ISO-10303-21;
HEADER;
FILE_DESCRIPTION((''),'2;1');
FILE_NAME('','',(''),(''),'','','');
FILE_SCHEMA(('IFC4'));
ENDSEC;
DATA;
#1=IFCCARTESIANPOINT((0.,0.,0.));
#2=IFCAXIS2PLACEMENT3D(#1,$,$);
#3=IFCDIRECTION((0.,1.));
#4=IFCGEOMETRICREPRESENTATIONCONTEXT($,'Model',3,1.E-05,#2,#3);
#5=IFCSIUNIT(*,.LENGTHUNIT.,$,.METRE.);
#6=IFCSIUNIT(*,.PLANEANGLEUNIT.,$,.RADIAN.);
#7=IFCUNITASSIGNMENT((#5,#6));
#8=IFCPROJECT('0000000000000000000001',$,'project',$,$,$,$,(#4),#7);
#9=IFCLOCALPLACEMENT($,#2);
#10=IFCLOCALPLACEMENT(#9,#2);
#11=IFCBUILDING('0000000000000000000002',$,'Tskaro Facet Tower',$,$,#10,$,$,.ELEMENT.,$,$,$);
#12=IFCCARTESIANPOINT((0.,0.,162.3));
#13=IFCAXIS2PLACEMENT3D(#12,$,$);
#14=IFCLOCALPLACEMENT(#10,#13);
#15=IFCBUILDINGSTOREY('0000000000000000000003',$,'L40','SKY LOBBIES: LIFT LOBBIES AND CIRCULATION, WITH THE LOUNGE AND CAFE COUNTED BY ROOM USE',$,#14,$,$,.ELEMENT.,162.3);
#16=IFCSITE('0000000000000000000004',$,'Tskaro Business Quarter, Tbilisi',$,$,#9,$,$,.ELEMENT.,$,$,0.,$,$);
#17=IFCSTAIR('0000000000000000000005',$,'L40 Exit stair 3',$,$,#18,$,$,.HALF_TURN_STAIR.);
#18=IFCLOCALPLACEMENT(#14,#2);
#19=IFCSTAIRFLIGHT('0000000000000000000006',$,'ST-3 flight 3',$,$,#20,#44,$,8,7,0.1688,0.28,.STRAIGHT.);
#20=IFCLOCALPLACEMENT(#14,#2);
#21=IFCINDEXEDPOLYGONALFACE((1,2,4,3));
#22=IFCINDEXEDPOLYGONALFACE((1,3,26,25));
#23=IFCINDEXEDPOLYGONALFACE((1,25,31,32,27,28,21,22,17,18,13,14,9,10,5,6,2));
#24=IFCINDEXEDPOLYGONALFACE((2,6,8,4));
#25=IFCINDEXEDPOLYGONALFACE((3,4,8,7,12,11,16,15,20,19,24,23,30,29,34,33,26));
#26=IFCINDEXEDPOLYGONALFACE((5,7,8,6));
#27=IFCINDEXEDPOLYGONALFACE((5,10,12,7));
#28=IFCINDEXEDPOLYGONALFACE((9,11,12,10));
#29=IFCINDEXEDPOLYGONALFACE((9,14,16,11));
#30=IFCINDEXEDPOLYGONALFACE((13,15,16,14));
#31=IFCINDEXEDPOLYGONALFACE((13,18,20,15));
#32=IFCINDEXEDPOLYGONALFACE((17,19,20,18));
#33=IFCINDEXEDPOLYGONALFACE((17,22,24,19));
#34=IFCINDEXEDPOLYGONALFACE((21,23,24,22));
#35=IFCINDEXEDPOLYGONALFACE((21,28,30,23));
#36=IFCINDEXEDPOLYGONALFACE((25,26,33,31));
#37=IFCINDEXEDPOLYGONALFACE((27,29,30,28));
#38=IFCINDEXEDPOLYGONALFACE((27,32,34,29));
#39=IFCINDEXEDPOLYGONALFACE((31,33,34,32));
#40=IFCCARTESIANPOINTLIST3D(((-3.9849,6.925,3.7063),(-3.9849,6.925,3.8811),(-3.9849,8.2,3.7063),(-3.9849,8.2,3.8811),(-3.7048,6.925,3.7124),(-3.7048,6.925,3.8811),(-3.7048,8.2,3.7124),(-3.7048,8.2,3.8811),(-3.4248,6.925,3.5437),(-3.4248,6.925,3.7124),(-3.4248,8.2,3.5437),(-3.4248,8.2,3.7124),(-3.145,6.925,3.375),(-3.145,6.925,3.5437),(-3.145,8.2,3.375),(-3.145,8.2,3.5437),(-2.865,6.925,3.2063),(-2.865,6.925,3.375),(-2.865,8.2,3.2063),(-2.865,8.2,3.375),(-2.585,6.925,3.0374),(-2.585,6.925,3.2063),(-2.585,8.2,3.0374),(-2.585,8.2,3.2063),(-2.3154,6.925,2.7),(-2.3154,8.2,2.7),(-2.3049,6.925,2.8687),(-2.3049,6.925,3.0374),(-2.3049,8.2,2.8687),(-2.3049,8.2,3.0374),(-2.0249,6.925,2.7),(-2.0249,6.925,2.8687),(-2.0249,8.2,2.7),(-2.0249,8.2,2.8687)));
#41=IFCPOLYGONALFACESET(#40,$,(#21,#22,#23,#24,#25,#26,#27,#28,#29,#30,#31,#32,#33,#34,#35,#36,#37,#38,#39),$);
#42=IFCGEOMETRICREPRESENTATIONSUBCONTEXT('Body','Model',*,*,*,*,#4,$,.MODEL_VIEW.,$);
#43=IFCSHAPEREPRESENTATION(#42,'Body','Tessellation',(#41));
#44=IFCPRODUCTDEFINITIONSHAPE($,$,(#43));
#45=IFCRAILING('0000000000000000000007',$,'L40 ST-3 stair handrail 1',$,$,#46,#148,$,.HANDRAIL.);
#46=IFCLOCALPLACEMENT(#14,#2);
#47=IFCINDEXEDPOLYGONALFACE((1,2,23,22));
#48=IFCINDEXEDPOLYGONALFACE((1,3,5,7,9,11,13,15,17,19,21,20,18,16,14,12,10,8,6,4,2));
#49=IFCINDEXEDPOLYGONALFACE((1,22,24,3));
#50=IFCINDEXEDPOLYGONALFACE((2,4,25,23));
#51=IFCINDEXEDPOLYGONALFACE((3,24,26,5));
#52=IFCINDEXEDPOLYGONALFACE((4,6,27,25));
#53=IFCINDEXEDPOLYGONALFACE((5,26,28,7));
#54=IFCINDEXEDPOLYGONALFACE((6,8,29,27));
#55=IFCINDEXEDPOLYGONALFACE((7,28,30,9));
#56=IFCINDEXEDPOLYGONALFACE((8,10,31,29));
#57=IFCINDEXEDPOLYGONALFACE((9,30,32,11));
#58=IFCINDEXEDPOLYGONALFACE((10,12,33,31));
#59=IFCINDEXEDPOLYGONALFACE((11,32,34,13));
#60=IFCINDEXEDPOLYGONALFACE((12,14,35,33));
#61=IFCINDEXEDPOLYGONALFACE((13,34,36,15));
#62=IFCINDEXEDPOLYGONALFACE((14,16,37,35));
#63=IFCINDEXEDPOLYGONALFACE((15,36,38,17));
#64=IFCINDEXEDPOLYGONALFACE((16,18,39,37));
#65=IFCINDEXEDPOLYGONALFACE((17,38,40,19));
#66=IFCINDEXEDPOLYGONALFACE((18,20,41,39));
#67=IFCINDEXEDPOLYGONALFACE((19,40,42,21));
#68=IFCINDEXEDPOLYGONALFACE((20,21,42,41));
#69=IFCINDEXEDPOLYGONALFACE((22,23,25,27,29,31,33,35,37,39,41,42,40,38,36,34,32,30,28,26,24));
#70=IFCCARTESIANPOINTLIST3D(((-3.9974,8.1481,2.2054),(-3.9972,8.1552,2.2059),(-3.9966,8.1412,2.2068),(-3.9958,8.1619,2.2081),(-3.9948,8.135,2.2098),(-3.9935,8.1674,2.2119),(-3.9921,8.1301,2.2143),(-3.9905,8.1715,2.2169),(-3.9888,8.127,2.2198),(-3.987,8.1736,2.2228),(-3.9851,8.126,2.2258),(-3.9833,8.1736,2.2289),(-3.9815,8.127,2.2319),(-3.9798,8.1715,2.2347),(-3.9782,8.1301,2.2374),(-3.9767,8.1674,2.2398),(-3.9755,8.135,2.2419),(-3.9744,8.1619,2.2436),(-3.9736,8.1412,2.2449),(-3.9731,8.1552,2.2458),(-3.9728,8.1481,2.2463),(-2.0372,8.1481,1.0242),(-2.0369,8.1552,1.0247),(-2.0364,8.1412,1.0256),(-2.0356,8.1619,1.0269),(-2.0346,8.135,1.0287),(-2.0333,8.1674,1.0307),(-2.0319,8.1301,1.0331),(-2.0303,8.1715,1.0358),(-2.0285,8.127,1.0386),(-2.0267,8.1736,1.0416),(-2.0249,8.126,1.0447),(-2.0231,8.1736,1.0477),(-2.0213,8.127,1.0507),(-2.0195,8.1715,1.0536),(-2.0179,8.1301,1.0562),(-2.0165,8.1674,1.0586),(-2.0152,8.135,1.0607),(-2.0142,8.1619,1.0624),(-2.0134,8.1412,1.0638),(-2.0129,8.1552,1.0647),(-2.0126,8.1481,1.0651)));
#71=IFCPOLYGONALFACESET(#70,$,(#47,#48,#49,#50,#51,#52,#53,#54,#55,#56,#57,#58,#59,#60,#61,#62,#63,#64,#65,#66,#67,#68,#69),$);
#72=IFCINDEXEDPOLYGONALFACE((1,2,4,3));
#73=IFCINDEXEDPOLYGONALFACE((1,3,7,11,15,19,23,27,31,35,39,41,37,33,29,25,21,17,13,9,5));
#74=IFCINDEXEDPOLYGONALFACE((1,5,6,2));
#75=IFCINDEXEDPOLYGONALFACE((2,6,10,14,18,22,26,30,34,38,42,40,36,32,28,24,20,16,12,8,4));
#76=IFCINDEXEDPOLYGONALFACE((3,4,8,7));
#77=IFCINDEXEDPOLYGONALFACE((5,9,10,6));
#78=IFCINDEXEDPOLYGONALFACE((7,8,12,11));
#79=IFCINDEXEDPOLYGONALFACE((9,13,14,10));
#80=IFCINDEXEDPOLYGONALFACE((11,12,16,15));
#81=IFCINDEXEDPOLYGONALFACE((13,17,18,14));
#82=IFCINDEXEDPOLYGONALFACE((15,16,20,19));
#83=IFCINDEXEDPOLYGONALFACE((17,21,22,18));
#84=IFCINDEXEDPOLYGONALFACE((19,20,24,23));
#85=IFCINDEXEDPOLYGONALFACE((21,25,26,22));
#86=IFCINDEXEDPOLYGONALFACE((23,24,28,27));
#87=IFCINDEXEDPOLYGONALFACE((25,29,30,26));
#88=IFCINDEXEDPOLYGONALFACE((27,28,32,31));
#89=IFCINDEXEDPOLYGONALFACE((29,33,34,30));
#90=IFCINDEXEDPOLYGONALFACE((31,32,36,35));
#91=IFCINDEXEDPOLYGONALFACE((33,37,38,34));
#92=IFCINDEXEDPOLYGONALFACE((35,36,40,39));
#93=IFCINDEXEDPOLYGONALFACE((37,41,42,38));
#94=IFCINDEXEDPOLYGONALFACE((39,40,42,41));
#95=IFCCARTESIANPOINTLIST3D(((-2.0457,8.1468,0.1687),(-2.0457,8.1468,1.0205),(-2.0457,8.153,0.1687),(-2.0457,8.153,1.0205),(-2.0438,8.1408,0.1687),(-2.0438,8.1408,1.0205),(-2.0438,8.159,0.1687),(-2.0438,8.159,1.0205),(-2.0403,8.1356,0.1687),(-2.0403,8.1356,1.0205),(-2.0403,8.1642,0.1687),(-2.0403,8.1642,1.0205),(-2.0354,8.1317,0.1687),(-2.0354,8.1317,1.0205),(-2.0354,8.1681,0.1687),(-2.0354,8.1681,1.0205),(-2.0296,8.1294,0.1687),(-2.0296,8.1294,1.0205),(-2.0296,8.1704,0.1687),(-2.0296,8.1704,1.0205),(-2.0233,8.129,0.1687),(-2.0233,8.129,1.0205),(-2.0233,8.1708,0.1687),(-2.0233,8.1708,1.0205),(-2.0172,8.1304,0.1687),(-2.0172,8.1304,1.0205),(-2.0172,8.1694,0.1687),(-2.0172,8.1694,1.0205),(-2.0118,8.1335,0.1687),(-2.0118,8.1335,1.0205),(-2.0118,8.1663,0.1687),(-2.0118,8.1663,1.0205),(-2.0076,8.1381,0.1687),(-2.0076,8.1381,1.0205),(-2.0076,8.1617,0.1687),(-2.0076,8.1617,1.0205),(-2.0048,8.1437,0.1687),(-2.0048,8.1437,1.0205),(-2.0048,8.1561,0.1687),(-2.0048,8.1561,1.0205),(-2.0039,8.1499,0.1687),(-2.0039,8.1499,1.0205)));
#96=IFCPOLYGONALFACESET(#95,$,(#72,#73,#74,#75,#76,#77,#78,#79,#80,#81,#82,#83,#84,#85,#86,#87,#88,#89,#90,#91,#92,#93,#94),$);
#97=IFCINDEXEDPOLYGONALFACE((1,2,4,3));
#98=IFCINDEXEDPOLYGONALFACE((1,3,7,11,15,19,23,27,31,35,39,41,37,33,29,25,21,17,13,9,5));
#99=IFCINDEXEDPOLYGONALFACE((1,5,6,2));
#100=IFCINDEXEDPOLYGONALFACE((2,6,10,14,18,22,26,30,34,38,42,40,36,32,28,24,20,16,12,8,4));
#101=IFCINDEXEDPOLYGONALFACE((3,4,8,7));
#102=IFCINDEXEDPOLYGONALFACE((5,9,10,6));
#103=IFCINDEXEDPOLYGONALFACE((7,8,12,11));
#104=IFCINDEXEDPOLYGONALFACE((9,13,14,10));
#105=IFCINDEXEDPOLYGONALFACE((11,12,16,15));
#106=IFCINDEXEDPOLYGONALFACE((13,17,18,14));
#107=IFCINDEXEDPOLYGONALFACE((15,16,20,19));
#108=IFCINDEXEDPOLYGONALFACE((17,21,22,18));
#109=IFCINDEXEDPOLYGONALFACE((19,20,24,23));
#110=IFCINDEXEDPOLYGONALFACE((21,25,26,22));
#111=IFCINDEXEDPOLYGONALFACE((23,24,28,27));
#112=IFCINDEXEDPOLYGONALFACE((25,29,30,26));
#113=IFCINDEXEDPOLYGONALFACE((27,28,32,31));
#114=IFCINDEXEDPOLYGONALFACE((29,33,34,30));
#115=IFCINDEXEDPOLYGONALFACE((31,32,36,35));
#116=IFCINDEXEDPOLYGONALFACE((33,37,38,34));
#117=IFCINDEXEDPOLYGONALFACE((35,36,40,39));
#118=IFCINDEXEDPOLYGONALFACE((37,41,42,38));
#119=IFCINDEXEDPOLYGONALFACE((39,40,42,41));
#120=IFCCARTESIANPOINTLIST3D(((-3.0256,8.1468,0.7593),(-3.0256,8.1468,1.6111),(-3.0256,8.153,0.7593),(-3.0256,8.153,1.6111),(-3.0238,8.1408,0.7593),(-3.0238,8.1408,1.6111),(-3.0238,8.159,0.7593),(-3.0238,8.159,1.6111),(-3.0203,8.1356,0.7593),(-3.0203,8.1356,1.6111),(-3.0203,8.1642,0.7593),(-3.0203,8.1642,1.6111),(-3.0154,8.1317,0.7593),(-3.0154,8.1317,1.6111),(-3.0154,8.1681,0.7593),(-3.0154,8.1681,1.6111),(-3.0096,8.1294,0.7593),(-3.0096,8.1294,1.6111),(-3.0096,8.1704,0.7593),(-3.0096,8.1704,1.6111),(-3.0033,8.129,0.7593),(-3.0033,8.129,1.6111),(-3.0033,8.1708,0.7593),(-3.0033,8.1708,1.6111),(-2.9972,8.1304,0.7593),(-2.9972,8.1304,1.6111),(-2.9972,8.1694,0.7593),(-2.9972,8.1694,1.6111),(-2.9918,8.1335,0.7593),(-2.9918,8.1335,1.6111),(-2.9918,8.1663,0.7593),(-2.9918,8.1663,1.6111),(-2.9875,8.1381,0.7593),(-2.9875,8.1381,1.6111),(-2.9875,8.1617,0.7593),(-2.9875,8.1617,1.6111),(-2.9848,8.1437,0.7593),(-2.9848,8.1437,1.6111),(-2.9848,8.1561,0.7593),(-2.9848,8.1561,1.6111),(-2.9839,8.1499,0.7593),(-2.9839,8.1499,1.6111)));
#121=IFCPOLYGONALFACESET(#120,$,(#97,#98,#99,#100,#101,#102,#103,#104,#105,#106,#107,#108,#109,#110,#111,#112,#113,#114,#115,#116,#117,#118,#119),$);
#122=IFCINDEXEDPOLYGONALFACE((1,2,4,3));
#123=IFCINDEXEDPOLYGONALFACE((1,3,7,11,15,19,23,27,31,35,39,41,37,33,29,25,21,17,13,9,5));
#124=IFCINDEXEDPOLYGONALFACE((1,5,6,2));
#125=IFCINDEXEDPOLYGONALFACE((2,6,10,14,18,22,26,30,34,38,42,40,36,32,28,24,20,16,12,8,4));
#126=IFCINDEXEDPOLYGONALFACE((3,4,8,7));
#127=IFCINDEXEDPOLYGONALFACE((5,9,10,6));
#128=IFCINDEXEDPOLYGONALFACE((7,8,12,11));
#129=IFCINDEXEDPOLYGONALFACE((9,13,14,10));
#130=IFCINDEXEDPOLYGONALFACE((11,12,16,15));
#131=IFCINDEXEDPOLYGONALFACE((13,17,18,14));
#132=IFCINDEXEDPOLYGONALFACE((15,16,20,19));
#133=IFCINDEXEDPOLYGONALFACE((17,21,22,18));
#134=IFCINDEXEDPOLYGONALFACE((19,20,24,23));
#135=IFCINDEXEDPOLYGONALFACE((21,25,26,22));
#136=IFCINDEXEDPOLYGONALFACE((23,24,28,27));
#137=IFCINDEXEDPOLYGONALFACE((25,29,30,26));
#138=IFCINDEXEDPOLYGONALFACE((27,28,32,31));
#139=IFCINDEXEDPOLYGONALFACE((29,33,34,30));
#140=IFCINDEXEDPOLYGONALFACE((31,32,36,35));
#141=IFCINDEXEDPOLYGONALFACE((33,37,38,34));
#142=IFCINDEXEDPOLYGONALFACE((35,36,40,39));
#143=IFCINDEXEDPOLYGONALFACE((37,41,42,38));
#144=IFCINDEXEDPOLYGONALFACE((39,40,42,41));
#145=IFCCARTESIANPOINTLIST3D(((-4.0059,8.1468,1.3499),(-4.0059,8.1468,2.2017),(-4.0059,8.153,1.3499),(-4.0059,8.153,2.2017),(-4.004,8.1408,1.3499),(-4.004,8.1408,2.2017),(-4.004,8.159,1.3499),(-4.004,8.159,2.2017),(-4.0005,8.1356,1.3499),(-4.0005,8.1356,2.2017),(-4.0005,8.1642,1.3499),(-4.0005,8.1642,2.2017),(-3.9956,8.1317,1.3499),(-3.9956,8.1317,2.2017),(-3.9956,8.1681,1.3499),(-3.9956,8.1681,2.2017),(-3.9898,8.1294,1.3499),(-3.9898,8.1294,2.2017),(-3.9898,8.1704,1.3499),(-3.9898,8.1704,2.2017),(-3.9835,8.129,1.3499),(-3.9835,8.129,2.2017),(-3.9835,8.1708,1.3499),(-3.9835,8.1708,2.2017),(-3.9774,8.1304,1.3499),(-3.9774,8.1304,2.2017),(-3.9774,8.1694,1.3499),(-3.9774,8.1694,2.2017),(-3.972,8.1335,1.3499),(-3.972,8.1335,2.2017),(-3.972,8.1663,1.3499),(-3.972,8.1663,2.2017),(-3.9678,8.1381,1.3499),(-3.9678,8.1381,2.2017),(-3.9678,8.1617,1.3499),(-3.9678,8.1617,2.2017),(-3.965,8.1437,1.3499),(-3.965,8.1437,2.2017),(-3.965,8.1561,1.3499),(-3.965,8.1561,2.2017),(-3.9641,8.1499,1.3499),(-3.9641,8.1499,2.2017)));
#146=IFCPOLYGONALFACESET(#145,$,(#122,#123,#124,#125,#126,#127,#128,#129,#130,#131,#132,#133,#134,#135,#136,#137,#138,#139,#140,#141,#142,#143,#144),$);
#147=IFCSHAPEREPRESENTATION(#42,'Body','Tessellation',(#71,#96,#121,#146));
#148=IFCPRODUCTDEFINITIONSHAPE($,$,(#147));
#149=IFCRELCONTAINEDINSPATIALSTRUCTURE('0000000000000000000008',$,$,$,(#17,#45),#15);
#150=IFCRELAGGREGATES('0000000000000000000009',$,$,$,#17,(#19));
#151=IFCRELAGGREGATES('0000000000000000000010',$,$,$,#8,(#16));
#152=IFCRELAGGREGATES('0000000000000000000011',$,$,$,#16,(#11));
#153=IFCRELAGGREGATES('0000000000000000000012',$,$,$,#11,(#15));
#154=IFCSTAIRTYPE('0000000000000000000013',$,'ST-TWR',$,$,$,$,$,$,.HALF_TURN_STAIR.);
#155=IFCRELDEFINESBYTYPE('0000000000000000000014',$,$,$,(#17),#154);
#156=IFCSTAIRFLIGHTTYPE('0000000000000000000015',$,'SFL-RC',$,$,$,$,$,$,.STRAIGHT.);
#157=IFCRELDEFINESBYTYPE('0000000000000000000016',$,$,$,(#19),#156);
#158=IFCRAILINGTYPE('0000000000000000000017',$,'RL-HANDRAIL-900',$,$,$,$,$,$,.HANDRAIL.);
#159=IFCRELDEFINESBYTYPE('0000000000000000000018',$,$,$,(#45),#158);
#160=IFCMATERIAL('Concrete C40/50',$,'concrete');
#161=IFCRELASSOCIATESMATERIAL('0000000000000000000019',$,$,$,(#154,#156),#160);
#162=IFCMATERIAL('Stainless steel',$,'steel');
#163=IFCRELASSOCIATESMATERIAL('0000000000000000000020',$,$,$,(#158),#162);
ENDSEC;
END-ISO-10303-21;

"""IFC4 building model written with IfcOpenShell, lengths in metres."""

from ifc_helpers import new_model, si_unit, direction, frame, origin, origin_2d, place, context, subcontext, project, spatial, polyline, circle, outline, extrude, material, type_object, element, aggregate, save


model = new_model("IFC4")

# Units and contexts
model_context = context("Model", 3, precision=1e-05, world=origin(), true_north=direction((0.0, 1.0)))
body_context = subcontext(model_context, "Body", "Model", "MODEL_VIEW")
ifc_project = project(units=[si_unit("LENGTHUNIT", "METRE"), si_unit("PLANEANGLEUNIT", "RADIAN")], contexts=[model_context])

# Site, building, storey
site_placement = place(None, origin())
site = spatial("IfcSite", under=ifc_project, at=site_placement, Name="Tskaro Business Quarter, Tbilisi", CompositionType="ELEMENT", RefElevation=0.0)
building_placement = place(site_placement, origin())
building = spatial("IfcBuilding", under=site, at=building_placement, Name="Tskaro Facet Tower", CompositionType="ELEMENT")
storey_placement = place(building_placement, frame((0.0, 0.0, 162.3)))
storey = spatial("IfcBuildingStorey", under=building, at=storey_placement, Name="L40", Description="SKY LOBBIES: LIFT LOBBIES AND CIRCULATION, WITH THE LOUNGE AND CAFE COUNTED BY ROOM USE", CompositionType="ELEMENT", Elevation=162.3)

# Stair, stair flight
ifc_material_1 = material(Name="Concrete C40/50", Category="concrete")
stair_type = type_object("IfcStairType", Name="ST-TWR", PredefinedType="HALF_TURN_STAIR", material=ifc_material_1)
stair_placement = place(storey_placement, origin())
stair = element("IfcStair", 1, at=stair_placement, inside=storey, type_object=stair_type, Name="L40 Exit stair 3", PredefinedType="HALF_TURN_STAIR")
stair_flight_type = type_object("IfcStairFlightType", Name="SFL-RC", PredefinedType="STRAIGHT", material=ifc_material_1)
stair_flight_placement = place(storey_placement, frame((-2.0249, 7.5625, 2.7), z_axis=(0.0, 0.0, 1.0), x_axis=(-1.0, 0.0, 0.0)))
stair_flight = element("IfcStairFlight", 2, at=stair_flight_placement, type_object=stair_flight_type, Name="ST-3 flight 3", NumberOfRisers=8, NumberOfTreads=7, PredefinedType="STRAIGHT", RiserHeight=0.1688, TreadLength=0.28, context=body_context, shape_type="SweptSolid", body=[
    extrude(outline(polyline([(0.0, 0.0), (0.0, 0.1687), (0.28, 0.1687), (0.28, 0.3374), (0.5601, 0.3374), (0.5601, 0.5063), (0.8401, 0.5063), (0.8401, 0.675), (1.1201, 0.675), (1.1201, 0.8438), (1.3999, 0.8438), (1.3999, 1.0125), (1.6799, 1.0125), (1.6799, 1.1812), (1.96, 1.1812), (1.96, 1.3501), (1.96, 1.0063), (0.2905, 0.0), (0.0, 0.0)])), frame((0.0, 0.6375, 0.0), z_axis=(0.0, -1.0, 0.0), x_axis=(1.0, 0.0, 0.0)), (0.0, 0.0, 1.0), 1.2749),
])
aggregate(stair, [stair_flight])

# Railing
ifc_material_2 = material(Name="Stainless steel", Category="steel")
railing_type = type_object("IfcRailingType", Name="RL-HANDRAIL-900", PredefinedType="HANDRAIL", material=ifc_material_2)
railing_1_placement = place(storey_placement, frame((-2.0249, 8.1499, 0.1687)))
element("IfcRailing", 3, at=railing_1_placement, inside=storey, type_object=railing_type, Name="L40 ST-3 stair handrail 1", PredefinedType="HANDRAIL", context=body_context, shape_type="SweptSolid", body=[
    extrude(circle(Radius=0.0239, at=origin_2d()), frame((0.0, 0.0, 0.876), z_axis=(-0.856522, 0.0, 0.516111), x_axis=(0.0, -1.0, 0.0)), (0.0, 0.0, 1.0), 2.2886),
    extrude(circle(Radius=0.021, at=origin_2d()), origin(), (0.0, 0.0, 1.0), 0.8518),
    extrude(circle(Radius=0.021, at=origin_2d()), frame((-0.98, 0.0, 0.5906)), (0.0, 0.0, 1.0), 0.8518),
    extrude(circle(Radius=0.021, at=origin_2d()), frame((-1.9602, 0.0, 1.1812)), (0.0, 0.0, 1.0), 0.8518),
])

save(model, "model.ifc")
